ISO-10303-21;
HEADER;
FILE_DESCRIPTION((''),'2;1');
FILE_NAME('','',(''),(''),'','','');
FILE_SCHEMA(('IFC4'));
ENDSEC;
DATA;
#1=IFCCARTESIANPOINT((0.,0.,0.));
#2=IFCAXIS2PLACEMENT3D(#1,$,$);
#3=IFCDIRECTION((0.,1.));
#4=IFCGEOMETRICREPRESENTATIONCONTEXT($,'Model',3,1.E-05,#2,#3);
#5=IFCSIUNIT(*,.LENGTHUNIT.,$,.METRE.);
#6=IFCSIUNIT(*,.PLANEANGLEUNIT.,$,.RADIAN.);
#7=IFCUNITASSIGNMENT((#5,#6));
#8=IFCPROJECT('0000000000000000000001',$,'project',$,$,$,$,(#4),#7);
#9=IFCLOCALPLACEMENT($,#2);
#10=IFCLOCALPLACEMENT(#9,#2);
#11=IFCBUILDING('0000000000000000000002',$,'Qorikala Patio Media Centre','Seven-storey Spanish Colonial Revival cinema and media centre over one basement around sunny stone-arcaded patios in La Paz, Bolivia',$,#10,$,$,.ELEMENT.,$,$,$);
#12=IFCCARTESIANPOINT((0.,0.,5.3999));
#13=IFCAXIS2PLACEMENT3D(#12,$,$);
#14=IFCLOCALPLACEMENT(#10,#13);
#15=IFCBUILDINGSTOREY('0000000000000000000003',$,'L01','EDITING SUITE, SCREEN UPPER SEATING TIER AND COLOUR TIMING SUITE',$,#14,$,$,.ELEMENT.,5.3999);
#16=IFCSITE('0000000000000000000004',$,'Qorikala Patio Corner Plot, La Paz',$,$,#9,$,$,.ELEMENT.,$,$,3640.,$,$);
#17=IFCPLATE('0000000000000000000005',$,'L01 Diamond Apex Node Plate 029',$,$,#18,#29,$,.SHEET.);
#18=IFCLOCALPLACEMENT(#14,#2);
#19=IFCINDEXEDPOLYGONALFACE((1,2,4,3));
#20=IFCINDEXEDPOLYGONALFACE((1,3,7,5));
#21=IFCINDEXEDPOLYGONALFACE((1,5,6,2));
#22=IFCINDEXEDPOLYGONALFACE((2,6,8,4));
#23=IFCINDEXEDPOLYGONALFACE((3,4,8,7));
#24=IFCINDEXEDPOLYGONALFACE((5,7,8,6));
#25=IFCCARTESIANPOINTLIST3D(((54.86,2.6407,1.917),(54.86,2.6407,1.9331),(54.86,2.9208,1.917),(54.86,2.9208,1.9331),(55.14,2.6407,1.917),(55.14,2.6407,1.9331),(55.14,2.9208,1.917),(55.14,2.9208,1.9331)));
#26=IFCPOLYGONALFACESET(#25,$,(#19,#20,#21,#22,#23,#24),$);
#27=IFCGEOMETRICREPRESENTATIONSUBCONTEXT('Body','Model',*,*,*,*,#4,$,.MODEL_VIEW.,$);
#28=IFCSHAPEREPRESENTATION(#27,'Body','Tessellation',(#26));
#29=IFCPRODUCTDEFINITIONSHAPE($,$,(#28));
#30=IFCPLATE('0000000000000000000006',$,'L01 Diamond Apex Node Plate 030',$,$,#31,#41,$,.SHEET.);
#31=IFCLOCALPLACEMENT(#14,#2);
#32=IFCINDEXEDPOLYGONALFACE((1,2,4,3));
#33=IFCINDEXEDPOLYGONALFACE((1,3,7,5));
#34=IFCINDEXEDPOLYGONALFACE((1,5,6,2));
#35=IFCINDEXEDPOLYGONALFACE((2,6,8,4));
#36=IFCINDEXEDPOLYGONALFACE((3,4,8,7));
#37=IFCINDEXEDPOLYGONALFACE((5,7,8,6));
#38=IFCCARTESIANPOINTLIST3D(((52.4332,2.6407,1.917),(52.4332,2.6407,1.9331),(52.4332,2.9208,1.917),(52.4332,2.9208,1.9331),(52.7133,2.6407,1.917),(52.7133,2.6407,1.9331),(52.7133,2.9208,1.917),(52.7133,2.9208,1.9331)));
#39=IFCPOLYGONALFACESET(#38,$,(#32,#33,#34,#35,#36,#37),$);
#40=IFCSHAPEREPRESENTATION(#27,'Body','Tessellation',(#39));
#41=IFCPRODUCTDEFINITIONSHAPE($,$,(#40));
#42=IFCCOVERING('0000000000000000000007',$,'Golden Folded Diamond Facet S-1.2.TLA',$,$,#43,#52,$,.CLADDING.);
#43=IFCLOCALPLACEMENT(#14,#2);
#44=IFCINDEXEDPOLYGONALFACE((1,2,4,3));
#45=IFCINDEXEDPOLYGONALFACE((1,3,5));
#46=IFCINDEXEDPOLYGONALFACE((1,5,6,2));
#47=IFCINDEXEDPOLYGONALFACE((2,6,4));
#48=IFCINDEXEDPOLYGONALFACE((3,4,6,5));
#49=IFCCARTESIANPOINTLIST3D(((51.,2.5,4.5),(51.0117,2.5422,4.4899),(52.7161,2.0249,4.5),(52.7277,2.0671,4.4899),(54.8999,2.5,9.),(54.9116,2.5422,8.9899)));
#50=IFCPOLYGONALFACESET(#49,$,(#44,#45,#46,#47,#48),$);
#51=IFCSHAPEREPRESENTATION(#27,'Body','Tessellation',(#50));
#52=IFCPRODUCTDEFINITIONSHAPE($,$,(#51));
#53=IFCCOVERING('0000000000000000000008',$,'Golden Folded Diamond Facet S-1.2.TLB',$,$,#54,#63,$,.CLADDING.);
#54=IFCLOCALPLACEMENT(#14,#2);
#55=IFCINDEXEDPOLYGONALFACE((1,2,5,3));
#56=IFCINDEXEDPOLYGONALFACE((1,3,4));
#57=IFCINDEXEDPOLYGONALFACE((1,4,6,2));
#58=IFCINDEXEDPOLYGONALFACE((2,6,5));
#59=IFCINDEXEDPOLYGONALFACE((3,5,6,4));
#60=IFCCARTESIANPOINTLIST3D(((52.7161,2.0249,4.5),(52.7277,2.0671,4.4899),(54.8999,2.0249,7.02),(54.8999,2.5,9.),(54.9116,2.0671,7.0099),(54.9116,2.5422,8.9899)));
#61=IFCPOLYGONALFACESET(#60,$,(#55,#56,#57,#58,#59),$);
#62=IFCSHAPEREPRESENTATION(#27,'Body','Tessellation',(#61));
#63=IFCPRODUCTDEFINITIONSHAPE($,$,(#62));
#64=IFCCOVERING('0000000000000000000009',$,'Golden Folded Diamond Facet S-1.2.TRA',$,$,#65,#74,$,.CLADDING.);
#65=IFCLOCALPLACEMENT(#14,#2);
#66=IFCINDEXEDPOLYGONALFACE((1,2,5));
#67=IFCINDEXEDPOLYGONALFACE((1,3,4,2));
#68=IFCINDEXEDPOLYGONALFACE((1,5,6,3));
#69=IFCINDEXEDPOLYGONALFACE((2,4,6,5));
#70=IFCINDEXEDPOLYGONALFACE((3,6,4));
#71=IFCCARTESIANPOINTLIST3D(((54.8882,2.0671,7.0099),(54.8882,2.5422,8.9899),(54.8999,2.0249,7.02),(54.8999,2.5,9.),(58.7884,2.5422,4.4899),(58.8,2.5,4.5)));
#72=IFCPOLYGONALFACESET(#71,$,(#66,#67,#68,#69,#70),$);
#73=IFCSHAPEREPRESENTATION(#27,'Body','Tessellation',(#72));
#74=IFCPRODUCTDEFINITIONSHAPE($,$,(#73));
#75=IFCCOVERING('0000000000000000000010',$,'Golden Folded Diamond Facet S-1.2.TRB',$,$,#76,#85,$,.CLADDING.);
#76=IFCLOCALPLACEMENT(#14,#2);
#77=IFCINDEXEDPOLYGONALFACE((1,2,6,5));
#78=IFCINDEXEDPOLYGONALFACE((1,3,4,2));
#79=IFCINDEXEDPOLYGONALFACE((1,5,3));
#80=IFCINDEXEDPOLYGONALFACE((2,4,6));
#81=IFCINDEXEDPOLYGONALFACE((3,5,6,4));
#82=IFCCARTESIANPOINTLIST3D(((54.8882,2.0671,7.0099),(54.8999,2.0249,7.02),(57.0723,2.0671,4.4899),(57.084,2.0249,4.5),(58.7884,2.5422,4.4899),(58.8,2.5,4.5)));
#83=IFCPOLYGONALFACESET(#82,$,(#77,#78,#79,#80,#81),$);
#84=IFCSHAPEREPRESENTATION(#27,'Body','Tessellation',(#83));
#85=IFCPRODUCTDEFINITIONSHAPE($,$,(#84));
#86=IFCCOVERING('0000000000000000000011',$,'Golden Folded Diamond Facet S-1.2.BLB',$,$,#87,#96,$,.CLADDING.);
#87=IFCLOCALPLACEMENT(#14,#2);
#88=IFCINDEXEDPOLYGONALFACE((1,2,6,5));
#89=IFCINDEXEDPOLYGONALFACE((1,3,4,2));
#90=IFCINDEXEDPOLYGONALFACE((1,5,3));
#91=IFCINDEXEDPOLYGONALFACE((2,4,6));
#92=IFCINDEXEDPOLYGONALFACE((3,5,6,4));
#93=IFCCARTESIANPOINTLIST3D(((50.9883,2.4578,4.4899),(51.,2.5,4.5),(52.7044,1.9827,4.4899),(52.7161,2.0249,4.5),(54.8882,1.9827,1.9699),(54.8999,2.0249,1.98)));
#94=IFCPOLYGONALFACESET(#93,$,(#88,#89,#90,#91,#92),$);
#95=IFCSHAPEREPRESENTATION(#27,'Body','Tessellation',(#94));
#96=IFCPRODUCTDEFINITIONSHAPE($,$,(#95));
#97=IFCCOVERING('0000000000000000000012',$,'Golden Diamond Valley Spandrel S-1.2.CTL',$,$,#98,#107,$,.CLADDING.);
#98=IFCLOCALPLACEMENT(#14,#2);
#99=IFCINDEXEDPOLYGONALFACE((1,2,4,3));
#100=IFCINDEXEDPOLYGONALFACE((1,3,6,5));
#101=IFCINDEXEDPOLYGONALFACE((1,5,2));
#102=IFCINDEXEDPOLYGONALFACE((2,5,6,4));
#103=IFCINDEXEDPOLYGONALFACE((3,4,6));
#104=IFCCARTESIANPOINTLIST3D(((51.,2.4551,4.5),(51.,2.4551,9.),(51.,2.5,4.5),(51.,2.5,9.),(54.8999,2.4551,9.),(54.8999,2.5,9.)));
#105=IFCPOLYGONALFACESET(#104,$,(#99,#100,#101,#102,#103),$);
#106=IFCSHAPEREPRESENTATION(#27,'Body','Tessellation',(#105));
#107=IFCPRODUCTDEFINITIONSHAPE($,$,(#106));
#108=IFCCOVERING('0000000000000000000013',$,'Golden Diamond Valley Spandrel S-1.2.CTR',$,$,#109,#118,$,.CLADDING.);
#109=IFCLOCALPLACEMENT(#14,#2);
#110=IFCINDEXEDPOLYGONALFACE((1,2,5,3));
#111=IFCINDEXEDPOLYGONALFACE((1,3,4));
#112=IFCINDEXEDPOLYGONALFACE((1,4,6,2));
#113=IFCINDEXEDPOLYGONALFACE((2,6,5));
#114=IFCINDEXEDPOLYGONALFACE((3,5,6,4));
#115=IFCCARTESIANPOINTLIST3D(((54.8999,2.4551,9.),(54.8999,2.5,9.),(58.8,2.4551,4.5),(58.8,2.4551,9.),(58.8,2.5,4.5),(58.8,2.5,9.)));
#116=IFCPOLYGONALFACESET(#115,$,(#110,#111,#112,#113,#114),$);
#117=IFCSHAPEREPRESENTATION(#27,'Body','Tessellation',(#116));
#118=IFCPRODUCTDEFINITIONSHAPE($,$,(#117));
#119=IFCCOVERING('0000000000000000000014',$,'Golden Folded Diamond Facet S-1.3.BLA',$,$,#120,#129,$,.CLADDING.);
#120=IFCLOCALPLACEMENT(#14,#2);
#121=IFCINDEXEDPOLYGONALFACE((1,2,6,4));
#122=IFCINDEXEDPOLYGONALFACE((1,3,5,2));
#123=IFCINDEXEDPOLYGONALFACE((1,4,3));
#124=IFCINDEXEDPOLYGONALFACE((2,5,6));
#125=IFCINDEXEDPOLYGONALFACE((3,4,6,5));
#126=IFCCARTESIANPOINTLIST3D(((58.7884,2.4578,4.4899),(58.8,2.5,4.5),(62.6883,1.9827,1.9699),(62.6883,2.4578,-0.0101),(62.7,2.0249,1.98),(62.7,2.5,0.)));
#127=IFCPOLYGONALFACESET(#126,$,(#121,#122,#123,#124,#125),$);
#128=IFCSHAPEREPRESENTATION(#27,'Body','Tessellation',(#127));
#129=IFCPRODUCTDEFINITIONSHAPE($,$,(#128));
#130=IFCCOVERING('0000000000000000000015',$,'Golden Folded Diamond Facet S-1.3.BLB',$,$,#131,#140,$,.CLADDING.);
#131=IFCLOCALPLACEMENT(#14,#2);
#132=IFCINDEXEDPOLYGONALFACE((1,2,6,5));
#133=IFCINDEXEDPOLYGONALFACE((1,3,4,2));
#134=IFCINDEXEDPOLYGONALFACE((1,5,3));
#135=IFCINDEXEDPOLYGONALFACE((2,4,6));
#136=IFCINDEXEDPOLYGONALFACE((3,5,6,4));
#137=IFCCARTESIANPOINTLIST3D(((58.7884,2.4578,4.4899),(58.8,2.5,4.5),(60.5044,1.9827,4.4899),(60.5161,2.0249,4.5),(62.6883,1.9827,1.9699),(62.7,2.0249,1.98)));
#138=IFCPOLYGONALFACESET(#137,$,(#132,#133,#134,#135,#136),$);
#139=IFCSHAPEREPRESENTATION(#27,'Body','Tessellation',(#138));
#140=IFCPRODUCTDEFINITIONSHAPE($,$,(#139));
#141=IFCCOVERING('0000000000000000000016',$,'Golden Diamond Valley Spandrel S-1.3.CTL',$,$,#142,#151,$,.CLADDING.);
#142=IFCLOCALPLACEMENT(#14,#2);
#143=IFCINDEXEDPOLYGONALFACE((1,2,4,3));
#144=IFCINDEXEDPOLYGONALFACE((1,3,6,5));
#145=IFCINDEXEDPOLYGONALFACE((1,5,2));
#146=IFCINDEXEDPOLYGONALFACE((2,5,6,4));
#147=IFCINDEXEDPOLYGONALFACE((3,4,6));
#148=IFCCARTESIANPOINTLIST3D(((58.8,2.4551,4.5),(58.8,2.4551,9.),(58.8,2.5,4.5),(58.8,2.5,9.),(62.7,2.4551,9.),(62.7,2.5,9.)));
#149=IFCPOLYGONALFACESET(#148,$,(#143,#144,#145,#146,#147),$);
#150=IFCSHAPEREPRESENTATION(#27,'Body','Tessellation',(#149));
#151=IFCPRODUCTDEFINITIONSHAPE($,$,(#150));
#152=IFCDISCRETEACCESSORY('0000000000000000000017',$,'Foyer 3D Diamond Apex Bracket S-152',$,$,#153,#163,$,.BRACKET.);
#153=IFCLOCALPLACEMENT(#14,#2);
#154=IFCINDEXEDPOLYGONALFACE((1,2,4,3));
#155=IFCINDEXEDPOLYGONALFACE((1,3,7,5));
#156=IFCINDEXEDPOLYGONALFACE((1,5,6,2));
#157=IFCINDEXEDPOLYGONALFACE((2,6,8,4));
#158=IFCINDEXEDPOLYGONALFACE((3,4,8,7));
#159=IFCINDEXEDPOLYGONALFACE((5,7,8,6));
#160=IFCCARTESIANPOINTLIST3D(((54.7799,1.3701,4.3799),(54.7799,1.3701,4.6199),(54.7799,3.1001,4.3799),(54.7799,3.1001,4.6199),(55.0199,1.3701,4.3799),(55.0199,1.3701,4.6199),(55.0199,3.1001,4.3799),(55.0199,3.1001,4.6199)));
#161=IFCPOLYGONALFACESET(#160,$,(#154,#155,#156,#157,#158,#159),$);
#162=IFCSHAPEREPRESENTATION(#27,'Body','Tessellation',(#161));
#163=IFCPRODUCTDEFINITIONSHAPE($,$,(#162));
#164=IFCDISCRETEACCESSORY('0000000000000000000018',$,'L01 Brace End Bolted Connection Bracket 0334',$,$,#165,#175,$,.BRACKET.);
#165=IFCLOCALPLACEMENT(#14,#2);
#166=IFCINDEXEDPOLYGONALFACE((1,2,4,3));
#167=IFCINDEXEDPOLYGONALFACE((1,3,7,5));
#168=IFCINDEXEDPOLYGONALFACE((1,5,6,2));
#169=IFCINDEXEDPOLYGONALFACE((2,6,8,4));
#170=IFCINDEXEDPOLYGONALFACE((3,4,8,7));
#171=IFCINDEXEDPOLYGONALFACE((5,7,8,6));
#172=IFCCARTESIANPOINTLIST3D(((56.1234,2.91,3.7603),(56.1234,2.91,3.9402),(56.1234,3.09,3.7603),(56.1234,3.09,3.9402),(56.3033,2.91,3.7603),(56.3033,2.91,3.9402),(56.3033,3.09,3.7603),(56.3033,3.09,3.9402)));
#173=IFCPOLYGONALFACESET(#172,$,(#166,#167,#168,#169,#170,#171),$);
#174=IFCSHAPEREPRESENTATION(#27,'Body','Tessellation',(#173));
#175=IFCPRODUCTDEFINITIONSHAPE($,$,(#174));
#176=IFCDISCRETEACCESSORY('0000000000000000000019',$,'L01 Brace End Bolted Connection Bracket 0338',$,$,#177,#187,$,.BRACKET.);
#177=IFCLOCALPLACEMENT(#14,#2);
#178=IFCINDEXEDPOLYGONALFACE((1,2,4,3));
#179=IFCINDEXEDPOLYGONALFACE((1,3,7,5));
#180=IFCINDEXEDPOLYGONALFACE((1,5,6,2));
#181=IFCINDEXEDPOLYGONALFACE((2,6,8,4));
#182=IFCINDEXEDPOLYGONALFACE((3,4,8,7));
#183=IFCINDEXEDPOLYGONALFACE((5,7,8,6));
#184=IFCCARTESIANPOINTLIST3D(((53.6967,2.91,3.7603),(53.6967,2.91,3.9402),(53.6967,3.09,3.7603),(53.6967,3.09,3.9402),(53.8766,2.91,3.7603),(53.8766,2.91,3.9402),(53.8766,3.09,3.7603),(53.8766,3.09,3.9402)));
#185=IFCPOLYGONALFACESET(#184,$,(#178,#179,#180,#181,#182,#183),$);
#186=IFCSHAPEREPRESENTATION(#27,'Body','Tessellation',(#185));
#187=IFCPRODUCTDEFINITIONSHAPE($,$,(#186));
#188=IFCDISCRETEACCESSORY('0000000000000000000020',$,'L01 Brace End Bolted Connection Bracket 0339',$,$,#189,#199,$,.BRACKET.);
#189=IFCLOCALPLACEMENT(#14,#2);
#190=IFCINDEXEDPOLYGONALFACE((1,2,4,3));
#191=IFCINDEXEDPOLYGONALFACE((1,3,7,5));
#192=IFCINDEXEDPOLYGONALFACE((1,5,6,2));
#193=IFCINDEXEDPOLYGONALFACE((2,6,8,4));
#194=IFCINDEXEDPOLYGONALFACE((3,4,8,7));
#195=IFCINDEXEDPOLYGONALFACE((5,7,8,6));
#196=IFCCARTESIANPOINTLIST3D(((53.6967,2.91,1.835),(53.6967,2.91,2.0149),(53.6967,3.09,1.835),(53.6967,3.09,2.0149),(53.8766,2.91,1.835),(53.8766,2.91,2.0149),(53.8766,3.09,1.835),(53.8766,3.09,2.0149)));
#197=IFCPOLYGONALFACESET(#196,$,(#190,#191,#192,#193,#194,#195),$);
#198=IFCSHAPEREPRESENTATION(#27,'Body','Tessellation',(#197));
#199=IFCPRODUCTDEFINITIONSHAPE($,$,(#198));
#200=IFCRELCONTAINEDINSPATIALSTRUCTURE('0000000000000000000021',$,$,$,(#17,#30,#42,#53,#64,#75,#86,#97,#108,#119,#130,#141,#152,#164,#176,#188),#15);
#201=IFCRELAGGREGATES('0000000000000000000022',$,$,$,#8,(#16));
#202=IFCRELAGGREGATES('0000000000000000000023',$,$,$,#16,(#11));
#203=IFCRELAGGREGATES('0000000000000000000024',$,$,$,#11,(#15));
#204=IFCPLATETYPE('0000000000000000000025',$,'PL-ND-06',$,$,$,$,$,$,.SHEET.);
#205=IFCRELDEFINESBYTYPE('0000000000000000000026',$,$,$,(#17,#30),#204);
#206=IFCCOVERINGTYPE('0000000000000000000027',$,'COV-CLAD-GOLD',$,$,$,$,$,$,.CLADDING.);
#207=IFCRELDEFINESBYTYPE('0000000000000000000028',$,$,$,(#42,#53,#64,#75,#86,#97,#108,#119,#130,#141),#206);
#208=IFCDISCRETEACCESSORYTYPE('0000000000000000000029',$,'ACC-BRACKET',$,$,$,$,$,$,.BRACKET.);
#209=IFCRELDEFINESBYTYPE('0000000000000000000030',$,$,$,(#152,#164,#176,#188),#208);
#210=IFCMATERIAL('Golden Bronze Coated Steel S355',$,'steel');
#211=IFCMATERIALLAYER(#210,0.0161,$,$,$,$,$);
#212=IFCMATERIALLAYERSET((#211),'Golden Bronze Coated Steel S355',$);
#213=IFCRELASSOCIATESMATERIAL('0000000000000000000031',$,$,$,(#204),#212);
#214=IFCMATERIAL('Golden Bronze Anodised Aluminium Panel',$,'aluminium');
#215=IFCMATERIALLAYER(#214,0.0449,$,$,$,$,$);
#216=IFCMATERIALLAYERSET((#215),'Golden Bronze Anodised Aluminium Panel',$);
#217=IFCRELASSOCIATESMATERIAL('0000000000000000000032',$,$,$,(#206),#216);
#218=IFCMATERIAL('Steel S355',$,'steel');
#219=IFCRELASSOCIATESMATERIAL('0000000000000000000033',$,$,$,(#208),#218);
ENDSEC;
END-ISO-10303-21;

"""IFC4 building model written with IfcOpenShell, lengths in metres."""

from ifc_helpers import new_model, si_unit, direction, frame, origin, origin_2d, place, context, subcontext, project, spatial, polyline, rectangle, outline, extrude, material, layer, layer_set, type_object, element, save


model = new_model("IFC4")

# Units and contexts
model_context = context("Model", 3, precision=1e-05, world=origin(), true_north=direction((0.0, 1.0)))
body_context = subcontext(model_context, "Body", "Model", "MODEL_VIEW")
ifc_project = project(units=[si_unit("LENGTHUNIT", "METRE"), si_unit("PLANEANGLEUNIT", "RADIAN")], contexts=[model_context])

# Site, building, storey
site_placement = place(None, origin())
site = spatial("IfcSite", under=ifc_project, at=site_placement, Name="Qorikala Patio Corner Plot, La Paz", CompositionType="ELEMENT", RefElevation=3640.0)
building_placement = place(site_placement, origin())
building = spatial("IfcBuilding", under=site, at=building_placement, Name="Qorikala Patio Media Centre", Description="Seven-storey Spanish Colonial Revival cinema and media centre over one basement around sunny stone-arcaded patios in La Paz, Bolivia", CompositionType="ELEMENT")
storey_placement = place(building_placement, frame((0.0, 0.0, 5.3999)))
storey = spatial("IfcBuildingStorey", under=building, at=storey_placement, Name="L01", Description="EDITING SUITE, SCREEN UPPER SEATING TIER AND COLOUR TIMING SUITE", CompositionType="ELEMENT", Elevation=5.3999)

# Shared definitions
ifc_material_1 = material(Name="Golden Bronze Coated Steel S355", Category="steel")

# Plates
ifc_layer_1 = layer(ifc_material_1, 0.0161)
ifc_layer_set_1 = layer_set([ifc_layer_1], Name="Golden Bronze Coated Steel S355")
plate_type_1 = type_object("IfcPlateType", Name="PL-ND-06", PredefinedType="SHEET", material=ifc_layer_set_1)
for number, where, z_axis, x_axis, name in (
    (1, (55.0, 2.7808, 1.917), (0.0, 0.0, 1.0), (-1.0, 0.0, 0.0), "L01 Diamond Apex Node Plate 029"),
    (2, (52.5732, 2.7808, 1.917), (0.0, 0.0, 1.0), (-1.0, 0.0, 0.0), "L01 Diamond Apex Node Plate 030"),
):
    element("IfcPlate", number, at=place(storey_placement, frame(where, z_axis=z_axis, x_axis=x_axis)), inside=storey, type_object=plate_type_1, Name=name, PredefinedType="SHEET", context=body_context, shape_type="SweptSolid", body=[
        extrude(rectangle(XDim=0.28, YDim=0.28, at=origin_2d()), origin(), (0.0, 0.0, 1.0), 0.0161),
    ])

# Coverings
ifc_material_2 = material(Name="Golden Bronze Anodised Aluminium Panel", Category="aluminium")
ifc_layer_2 = layer(ifc_material_2, 0.0449)
ifc_layer_set_2 = layer_set([ifc_layer_2], Name="Golden Bronze Anodised Aluminium Panel")
covering_type = type_object("IfcCoveringType", Name="COV-CLAD-GOLD", PredefinedType="CLADDING", material=ifc_layer_set_2)
covering_1_placement = place(storey_placement, frame((54.8999, 2.5, 9.0), z_axis=(-0.259957, -0.938971, 0.22529), x_axis=(-0.654921, 0.0, -0.755697)))
element("IfcCovering", 3, at=covering_1_placement, inside=storey, type_object=covering_type, Name="Golden Folded Diamond Facet S-1.2.TLA", PredefinedType="CLADDING", context=body_context, shape_type="SweptSolid", body=[
    extrude(outline(polyline([(0.0, 0.0), (5.9548, 0.0), (4.8309, 1.3811), (0.0, 0.0)])), origin(), (0.0, 0.0, -1.0), 0.0449),
])
covering_2_placement = place(storey_placement, frame((54.8999, 2.5, 9.0), z_axis=(-0.259987, -0.938959, 0.225304), x_axis=(-0.434644, -0.094558, -0.895625)))
element("IfcCovering", 4, at=covering_2_placement, inside=storey, type_object=covering_type, Name="Golden Folded Diamond Facet S-1.2.TLB", PredefinedType="CLADDING", context=body_context, shape_type="SweptSolid", body=[
    extrude(outline(polyline([(0.0, 0.0), (5.0244, 0.0), (1.8182, 0.9165), (0.0, 0.0)])), origin(), (0.0, 0.0, -1.0), 0.0449),
])
covering_3_placement = place(storey_placement, frame((58.8, 2.5, 4.5), z_axis=(0.259958, -0.938967, 0.225306), x_axis=(-0.654945, 0.0, 0.755677)))
element("IfcCovering", 5, at=covering_3_placement, inside=storey, type_object=covering_type, Name="Golden Folded Diamond Facet S-1.2.TRA", PredefinedType="CLADDING", context=body_context, shape_type="SweptSolid", body=[
    extrude(outline(polyline([(0.0, 0.0), (5.9549, 0.0), (4.4587, 1.3811), (0.0, 0.0)])), origin(), (0.0, 0.0, -1.0), 0.0449),
])
covering_4_placement = place(storey_placement, frame((58.8, 2.5, 4.5), z_axis=(0.259956, -0.938968, 0.225302), x_axis=(-0.835562, -0.101784, 0.539885)))
element("IfcCovering", 6, at=covering_4_placement, inside=storey, type_object=covering_type, Name="Golden Folded Diamond Facet S-1.2.TRB", PredefinedType="CLADDING", context=body_context, shape_type="SweptSolid", body=[
    extrude(outline(polyline([(0.0, 0.0), (4.6677, 0.0), (1.4822, 0.9867), (0.0, 0.0)])), origin(), (0.0, 0.0, -1.0), 0.0449),
])
covering_5_placement = place(storey_placement, frame((51.0, 2.5, 4.5), z_axis=(0.259958, 0.938974, 0.225278), x_axis=(0.835546, -0.101789, -0.539909)))
element("IfcCovering", 7, at=covering_5_placement, inside=storey, type_object=covering_type, Name="Golden Folded Diamond Facet S-1.2.BLB", PredefinedType="CLADDING", context=body_context, shape_type="SweptSolid", body=[
    extrude(outline(polyline([(0.0, 0.0), (4.6675, 0.0), (1.4822, -0.9867), (0.0, 0.0)])), origin(), (0.0, 0.0, -1.0), 0.0449),
])
covering_6_placement = place(storey_placement, frame((51.0, 2.5, 9.0), z_axis=(0.0, 1.0, 0.0), x_axis=(1.0, 0.0, 0.0)))
element("IfcCovering", 8, at=covering_6_placement, inside=storey, type_object=covering_type, Name="Golden Diamond Valley Spandrel S-1.2.CTL", PredefinedType="CLADDING", context=body_context, shape_type="SweptSolid", body=[
    extrude(outline(polyline([(0.0, 0.0), (3.8999, 0.0), (0.0, 4.5), (0.0, 0.0)])), origin(), (0.0, 0.0, -1.0), 0.0449),
])
covering_7_placement = place(storey_placement, frame((58.8, 2.5, 9.0), z_axis=(0.0, 1.0, 0.0), x_axis=(0.0, 0.0, -1.0)))
element("IfcCovering", 9, at=covering_7_placement, inside=storey, type_object=covering_type, Name="Golden Diamond Valley Spandrel S-1.2.CTR", PredefinedType="CLADDING", context=body_context, shape_type="SweptSolid", body=[
    extrude(outline(polyline([(0.0, 0.0), (4.5, 0.0), (0.0, 3.9001), (0.0, 0.0)])), origin(), (0.0, 0.0, -1.0), 0.0449),
])
covering_8_placement = place(storey_placement, frame((58.8, 2.5, 4.5), z_axis=(0.259974, 0.938963, 0.225305), x_axis=(0.654921, 0.0, -0.755697)))
element("IfcCovering", 10, at=covering_8_placement, inside=storey, type_object=covering_type, Name="Golden Folded Diamond Facet S-1.3.BLA", PredefinedType="CLADDING", context=body_context, shape_type="SweptSolid", body=[
    extrude(outline(polyline([(0.0, 0.0), (5.9548, 0.0), (4.4585, -1.381), (0.0, 0.0)])), origin(), (0.0, 0.0, -1.0), 0.0449),
])
covering_9_placement = place(storey_placement, frame((58.8, 2.5, 4.5), z_axis=(0.259958, 0.938974, 0.225278), x_axis=(0.835546, -0.101789, -0.539909)))
element("IfcCovering", 11, at=covering_9_placement, inside=storey, type_object=covering_type, Name="Golden Folded Diamond Facet S-1.3.BLB", PredefinedType="CLADDING", context=body_context, shape_type="SweptSolid", body=[
    extrude(outline(polyline([(0.0, 0.0), (4.6675, 0.0), (1.4822, -0.9867), (0.0, 0.0)])), origin(), (0.0, 0.0, -1.0), 0.0449),
])
covering_10_placement = place(storey_placement, frame((58.8, 2.5, 9.0), z_axis=(0.0, 1.0, 0.0), x_axis=(1.0, 0.0, 0.0)))
element("IfcCovering", 12, at=covering_10_placement, inside=storey, type_object=covering_type, Name="Golden Diamond Valley Spandrel S-1.3.CTL", PredefinedType="CLADDING", context=body_context, shape_type="SweptSolid", body=[
    extrude(outline(polyline([(0.0, 0.0), (3.8999, 0.0), (0.0, 4.5), (0.0, 0.0)])), origin(), (0.0, 0.0, -1.0), 0.0449),
])

# Discrete accessories
ifc_material_3 = material(Name="Steel S355", Category="steel")
discrete_accessory_type = type_object("IfcDiscreteAccessoryType", Name="ACC-BRACKET", PredefinedType="BRACKET", material=ifc_material_3)
discrete_accessory_placement = place(storey_placement, frame((54.8999, 2.2351, 4.3799), z_axis=(0.0, 0.0, 1.0), x_axis=(1.0, 0.0, 0.0)))
element("IfcDiscreteAccessory", 13, at=discrete_accessory_placement, inside=storey, type_object=discrete_accessory_type, Name="Foyer 3D Diamond Apex Bracket S-152", PredefinedType="BRACKET", context=body_context, shape_type="SweptSolid", body=[
    extrude(rectangle(XDim=0.24, YDim=1.73, at=origin_2d()), origin(), (0.0, 0.0, 1.0), 0.24),
])
for number, where, z_axis, x_axis, name in (
    (14, (56.2134, 3.0, 3.7603), (0.0, 0.0, 1.0), (1.0, 0.0, 0.0), "L01 Brace End Bolted Connection Bracket 0334"),
    (15, (53.7866, 3.0, 3.7603), (0.0, 0.0, 1.0), (1.0, 0.0, 0.0), "L01 Brace End Bolted Connection Bracket 0338"),
    (16, (53.7866, 3.0, 1.835), (0.0, 0.0, 1.0), (1.0, 0.0, 0.0), "L01 Brace End Bolted Connection Bracket 0339"),
):
    element("IfcDiscreteAccessory", number, at=place(storey_placement, frame(where, z_axis=z_axis, x_axis=x_axis)), inside=storey, type_object=discrete_accessory_type, Name=name, PredefinedType="BRACKET", context=body_context, shape_type="SweptSolid", body=[
        extrude(rectangle(XDim=0.1799, YDim=0.1799, at=origin_2d()), origin(), (0.0, 0.0, 1.0), 0.1799),
    ])

save(model, "model.ifc")
